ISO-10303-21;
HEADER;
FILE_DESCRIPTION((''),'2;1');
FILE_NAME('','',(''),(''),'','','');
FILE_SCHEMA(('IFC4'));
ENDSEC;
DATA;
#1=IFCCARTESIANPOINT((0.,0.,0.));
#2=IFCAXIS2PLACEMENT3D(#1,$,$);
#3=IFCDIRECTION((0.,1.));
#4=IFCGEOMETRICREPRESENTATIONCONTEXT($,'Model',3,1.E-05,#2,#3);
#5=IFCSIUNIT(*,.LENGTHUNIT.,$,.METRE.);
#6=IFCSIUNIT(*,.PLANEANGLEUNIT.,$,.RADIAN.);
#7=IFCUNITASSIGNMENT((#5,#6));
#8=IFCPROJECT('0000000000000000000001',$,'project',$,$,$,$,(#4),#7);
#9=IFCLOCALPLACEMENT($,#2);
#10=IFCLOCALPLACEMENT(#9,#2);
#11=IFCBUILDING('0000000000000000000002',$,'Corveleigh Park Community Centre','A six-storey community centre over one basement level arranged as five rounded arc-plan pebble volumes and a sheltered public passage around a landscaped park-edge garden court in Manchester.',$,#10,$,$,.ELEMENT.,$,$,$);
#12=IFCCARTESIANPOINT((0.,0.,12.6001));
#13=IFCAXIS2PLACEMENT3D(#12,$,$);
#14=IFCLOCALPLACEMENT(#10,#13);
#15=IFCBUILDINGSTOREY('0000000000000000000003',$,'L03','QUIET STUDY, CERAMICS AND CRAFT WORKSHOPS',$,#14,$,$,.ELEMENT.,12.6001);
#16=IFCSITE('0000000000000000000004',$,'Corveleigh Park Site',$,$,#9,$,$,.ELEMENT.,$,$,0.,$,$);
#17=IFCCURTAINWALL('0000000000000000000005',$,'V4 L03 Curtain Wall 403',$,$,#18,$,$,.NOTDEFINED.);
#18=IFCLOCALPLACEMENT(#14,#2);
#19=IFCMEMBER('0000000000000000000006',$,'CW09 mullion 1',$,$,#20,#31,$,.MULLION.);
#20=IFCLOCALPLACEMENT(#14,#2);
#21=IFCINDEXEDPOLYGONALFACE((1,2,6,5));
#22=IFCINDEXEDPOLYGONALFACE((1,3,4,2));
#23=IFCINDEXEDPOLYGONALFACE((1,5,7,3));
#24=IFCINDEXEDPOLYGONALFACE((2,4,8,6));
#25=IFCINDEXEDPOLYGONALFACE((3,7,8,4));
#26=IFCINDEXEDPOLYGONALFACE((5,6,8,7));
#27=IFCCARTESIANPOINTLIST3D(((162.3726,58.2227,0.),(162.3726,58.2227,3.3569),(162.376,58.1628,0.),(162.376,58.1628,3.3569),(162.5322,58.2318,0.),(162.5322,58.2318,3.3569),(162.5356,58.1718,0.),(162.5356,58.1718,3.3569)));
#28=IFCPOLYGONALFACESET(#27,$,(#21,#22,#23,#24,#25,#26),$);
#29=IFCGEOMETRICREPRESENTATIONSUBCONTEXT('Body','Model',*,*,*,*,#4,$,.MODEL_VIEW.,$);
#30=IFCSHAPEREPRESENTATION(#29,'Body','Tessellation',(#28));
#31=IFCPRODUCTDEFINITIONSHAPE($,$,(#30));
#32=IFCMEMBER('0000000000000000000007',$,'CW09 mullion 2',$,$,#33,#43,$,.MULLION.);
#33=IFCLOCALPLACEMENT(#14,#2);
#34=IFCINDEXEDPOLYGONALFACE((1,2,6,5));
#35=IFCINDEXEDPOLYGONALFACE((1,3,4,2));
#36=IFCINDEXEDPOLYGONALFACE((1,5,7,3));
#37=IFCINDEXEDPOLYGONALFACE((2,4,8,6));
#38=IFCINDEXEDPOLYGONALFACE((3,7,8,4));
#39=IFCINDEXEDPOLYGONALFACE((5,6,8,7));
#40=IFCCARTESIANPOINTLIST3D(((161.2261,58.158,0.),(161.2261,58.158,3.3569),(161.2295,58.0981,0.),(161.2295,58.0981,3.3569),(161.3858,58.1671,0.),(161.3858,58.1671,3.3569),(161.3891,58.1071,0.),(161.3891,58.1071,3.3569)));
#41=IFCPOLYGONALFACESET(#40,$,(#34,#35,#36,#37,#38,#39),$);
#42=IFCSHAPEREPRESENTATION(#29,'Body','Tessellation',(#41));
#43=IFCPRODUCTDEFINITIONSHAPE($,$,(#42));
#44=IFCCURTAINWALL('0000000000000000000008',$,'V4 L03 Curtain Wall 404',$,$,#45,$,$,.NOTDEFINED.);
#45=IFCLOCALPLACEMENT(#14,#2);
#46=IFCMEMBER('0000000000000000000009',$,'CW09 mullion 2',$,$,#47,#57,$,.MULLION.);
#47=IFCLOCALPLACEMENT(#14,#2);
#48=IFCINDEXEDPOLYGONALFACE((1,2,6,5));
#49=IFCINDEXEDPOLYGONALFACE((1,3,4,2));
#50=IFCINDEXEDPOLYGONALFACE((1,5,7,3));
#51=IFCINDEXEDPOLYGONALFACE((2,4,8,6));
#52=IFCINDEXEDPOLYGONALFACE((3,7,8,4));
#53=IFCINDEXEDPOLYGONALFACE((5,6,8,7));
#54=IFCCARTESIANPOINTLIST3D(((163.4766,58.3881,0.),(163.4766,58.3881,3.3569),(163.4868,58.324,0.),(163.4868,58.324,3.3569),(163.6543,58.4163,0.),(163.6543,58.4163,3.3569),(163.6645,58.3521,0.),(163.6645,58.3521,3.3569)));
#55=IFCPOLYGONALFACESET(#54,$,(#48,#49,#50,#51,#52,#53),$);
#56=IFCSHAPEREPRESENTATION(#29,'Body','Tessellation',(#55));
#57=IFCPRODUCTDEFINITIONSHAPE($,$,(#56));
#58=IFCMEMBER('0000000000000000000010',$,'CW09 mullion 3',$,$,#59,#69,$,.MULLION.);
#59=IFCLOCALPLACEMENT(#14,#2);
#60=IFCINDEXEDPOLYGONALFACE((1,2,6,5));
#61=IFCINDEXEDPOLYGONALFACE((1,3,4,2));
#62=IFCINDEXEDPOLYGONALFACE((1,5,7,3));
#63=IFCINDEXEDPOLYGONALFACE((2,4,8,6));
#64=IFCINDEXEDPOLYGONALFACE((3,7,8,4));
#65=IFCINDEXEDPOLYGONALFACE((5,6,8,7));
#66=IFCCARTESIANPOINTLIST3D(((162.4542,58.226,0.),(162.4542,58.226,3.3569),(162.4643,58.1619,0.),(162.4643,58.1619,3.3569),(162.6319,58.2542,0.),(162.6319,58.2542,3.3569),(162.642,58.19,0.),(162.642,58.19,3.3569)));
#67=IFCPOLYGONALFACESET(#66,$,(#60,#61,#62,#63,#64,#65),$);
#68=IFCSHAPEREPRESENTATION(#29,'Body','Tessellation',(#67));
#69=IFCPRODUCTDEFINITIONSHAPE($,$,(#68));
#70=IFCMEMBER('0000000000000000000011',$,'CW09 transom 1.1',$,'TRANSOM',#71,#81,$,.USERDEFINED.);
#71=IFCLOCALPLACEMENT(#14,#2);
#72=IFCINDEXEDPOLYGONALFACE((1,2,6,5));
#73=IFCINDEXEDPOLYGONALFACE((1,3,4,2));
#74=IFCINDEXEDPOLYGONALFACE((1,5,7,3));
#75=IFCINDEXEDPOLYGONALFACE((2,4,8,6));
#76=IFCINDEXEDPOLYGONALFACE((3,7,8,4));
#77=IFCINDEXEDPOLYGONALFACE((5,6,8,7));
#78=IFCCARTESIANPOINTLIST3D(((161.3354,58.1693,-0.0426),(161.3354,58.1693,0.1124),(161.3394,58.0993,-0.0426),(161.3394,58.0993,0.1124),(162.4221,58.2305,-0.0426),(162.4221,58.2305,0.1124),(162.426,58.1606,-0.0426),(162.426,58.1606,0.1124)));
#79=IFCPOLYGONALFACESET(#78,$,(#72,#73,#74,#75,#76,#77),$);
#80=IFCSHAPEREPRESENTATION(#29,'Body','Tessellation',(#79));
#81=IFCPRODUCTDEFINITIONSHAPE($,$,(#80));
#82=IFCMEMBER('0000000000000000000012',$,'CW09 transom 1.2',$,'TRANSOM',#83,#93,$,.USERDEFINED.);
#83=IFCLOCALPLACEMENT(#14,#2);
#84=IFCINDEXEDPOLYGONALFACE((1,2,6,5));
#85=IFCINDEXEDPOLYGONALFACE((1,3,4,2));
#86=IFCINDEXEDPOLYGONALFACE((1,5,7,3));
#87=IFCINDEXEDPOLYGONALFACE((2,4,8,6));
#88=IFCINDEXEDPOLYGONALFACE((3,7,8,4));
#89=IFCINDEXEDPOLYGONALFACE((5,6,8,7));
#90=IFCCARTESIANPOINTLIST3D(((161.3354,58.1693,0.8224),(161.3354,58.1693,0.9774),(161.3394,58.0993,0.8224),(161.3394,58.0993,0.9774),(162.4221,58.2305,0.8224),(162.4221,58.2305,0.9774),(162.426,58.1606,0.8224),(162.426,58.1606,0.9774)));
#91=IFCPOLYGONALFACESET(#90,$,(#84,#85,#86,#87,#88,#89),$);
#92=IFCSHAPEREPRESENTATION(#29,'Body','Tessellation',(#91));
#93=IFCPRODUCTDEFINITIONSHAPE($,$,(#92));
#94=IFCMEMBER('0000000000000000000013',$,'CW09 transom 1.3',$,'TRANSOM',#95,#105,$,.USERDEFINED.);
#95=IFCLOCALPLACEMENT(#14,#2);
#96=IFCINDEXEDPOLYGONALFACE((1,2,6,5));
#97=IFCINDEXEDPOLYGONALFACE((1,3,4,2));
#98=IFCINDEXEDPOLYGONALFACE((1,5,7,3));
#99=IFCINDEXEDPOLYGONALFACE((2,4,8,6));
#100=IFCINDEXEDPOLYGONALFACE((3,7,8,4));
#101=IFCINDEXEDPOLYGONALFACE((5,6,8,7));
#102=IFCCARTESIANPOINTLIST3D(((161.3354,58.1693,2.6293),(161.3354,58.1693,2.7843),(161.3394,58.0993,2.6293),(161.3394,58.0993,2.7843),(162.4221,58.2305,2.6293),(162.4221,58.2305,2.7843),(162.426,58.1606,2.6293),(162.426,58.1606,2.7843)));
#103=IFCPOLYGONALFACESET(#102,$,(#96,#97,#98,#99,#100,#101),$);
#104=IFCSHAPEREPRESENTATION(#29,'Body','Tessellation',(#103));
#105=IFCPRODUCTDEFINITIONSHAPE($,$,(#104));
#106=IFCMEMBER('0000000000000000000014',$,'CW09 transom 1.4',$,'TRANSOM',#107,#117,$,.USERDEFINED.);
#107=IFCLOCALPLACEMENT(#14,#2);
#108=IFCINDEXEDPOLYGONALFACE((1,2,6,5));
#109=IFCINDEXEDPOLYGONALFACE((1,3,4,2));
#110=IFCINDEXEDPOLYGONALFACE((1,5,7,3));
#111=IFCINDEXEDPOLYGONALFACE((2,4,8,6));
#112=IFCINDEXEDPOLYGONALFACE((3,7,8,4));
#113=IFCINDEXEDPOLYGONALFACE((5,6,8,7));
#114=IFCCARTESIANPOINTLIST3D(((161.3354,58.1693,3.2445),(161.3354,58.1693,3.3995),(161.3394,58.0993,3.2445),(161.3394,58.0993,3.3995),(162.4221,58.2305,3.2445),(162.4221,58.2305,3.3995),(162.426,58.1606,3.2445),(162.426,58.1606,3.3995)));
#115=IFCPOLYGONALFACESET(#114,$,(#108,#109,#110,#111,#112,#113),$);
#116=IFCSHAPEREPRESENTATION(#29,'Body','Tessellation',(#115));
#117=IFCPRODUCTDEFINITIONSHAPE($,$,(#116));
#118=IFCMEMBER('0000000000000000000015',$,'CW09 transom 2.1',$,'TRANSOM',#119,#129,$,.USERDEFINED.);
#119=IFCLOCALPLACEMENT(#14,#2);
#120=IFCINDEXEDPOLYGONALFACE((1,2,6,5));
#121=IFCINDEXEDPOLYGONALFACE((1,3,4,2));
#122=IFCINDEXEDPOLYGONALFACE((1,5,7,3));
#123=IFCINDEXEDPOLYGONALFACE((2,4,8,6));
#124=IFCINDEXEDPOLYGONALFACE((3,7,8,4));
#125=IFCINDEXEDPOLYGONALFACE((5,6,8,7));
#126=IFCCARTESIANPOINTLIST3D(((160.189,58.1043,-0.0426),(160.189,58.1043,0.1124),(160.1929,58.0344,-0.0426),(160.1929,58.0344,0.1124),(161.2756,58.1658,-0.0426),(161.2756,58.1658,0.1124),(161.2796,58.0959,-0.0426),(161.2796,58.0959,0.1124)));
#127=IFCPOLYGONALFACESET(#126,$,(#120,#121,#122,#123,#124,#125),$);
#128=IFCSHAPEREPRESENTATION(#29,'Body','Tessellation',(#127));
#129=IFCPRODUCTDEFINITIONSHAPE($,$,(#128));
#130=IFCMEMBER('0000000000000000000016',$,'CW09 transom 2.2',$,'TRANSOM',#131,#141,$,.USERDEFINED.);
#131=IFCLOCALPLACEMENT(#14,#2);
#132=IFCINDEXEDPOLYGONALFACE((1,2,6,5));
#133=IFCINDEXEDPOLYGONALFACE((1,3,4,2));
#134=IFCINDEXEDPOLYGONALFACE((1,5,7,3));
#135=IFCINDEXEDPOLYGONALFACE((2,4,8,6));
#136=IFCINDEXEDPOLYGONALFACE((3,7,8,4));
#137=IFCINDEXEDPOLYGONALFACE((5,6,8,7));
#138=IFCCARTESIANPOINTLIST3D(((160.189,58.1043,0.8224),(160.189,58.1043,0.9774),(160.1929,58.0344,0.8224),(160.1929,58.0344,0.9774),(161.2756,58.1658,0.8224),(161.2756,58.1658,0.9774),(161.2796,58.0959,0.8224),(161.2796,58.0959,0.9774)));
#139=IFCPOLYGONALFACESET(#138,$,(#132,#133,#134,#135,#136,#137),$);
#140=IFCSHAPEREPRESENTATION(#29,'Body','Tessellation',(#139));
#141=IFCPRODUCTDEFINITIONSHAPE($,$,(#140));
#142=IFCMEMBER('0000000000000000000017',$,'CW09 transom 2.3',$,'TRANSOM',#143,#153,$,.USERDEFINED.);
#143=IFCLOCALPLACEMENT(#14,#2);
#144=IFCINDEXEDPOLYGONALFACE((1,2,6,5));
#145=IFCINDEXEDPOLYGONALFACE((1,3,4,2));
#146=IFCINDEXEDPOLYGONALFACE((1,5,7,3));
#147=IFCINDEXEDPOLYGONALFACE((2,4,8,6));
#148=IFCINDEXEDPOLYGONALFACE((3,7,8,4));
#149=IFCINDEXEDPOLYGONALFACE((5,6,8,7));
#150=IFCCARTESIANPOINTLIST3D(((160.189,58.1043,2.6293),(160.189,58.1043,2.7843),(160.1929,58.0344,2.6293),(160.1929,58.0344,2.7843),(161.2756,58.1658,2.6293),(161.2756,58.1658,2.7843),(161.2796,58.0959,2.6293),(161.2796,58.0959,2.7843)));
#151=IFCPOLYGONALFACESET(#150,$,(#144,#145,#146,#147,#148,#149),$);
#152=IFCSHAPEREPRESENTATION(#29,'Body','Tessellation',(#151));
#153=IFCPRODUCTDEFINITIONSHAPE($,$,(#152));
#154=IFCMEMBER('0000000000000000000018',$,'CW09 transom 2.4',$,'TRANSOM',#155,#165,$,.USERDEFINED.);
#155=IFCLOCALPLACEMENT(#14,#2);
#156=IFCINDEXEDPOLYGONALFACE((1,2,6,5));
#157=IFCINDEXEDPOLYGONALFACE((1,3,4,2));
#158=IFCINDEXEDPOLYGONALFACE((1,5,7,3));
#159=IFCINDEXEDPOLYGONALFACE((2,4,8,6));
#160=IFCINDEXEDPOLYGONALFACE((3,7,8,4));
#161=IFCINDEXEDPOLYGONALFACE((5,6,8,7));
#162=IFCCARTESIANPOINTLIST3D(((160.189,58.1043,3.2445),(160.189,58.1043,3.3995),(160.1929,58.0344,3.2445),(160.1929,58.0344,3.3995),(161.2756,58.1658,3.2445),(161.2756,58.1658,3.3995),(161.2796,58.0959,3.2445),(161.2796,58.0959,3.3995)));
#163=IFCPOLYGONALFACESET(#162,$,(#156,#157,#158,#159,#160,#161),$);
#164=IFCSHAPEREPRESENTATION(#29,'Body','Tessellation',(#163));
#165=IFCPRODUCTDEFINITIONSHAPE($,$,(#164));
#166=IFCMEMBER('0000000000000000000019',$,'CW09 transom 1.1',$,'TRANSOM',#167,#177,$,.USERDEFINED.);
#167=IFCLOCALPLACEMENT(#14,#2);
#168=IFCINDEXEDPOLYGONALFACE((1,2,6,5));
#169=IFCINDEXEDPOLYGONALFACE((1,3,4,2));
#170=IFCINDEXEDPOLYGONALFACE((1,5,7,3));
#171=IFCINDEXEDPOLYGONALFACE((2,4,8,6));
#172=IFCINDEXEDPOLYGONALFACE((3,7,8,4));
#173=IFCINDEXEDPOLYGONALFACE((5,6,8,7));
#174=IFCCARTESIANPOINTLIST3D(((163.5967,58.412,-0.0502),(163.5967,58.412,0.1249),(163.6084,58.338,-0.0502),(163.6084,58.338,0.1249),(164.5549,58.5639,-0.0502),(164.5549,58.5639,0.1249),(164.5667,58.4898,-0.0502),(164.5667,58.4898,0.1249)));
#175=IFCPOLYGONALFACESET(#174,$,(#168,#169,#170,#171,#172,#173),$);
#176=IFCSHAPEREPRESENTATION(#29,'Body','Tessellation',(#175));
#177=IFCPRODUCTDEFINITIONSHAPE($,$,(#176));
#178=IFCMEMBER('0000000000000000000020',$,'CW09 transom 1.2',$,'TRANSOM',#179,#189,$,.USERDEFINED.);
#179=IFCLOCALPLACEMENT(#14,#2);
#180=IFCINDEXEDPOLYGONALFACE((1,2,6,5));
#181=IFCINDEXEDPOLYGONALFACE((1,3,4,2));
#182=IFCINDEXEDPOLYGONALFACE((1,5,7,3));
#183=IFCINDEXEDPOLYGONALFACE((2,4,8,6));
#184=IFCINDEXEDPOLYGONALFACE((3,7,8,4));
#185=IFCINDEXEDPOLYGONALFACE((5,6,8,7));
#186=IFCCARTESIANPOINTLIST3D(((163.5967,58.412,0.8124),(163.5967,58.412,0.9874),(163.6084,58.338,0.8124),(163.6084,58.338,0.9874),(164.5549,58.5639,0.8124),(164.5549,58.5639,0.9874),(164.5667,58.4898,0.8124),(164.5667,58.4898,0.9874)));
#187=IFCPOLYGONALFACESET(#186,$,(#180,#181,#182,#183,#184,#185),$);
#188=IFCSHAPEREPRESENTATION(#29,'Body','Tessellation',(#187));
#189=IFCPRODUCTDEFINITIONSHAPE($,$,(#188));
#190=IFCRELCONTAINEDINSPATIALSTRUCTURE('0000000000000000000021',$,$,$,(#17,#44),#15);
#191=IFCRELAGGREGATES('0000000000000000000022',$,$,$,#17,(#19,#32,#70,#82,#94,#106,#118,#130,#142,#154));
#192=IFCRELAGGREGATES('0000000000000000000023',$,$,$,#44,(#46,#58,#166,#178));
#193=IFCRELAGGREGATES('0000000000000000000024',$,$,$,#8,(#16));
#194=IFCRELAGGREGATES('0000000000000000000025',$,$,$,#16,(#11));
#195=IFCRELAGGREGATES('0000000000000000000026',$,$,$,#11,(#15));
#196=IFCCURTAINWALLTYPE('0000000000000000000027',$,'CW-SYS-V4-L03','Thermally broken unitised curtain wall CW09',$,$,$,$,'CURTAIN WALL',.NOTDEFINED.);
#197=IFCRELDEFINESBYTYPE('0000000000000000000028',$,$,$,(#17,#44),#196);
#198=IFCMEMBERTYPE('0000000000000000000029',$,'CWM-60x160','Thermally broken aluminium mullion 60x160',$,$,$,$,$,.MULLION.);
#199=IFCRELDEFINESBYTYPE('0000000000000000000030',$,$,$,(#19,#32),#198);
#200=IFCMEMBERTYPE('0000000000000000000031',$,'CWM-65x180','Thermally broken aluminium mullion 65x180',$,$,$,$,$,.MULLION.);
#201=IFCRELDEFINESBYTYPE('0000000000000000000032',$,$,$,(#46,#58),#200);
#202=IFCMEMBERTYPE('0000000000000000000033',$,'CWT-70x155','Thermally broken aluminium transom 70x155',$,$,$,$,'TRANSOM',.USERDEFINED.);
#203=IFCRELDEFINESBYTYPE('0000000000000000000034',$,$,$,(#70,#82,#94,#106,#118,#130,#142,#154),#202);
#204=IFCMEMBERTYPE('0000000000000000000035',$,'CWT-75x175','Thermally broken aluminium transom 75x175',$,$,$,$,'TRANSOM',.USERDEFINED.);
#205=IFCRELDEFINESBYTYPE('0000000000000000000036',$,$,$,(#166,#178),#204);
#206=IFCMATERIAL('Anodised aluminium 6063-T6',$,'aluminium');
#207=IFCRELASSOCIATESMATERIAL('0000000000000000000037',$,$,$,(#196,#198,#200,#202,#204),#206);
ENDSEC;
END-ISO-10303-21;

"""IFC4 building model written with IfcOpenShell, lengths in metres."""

from ifc_helpers import new_model, si_unit, direction, frame, origin, origin_2d, place, context, subcontext, project, spatial, rectangle, extrude, material, material_profile, profile_set, type_object, element, aggregate, save


model = new_model("IFC4")

# Units and contexts
model_context = context("Model", 3, precision=1e-05, world=origin(), true_north=direction((0.0, 1.0)))
body_context = subcontext(model_context, "Body", "Model", "MODEL_VIEW")
ifc_project = project(units=[si_unit("LENGTHUNIT", "METRE"), si_unit("PLANEANGLEUNIT", "RADIAN")], contexts=[model_context])

# Site, building, storey
site_placement = place(None, origin())
site = spatial("IfcSite", under=ifc_project, at=site_placement, Name="Corveleigh Park Site", CompositionType="ELEMENT", RefElevation=0.0)
building_placement = place(site_placement, origin())
building = spatial("IfcBuilding", under=site, at=building_placement, Name="Corveleigh Park Community Centre", Description="A six-storey community centre over one basement level arranged as five rounded arc-plan pebble volumes and a sheltered public passage around a landscaped park-edge garden court in Manchester.", CompositionType="ELEMENT")
storey_placement = place(building_placement, frame((0.0, 0.0, 12.6001)))
storey = spatial("IfcBuildingStorey", under=building, at=storey_placement, Name="L03", Description="QUIET STUDY, CERAMICS AND CRAFT WORKSHOPS", CompositionType="ELEMENT", Elevation=12.6001)

# Curtain walls, members
ifc_material_1 = material(Name="Anodised aluminium 6063-T6", Category="aluminium")
curtain_wall_type = type_object("IfcCurtainWallType", Name="CW-SYS-V4-L03", Description="Thermally broken unitised curtain wall CW09", ElementType="CURTAIN WALL", PredefinedType="NOTDEFINED", material=ifc_material_1)
curtain_wall_1_placement = place(storey_placement, origin())
curtain_wall_1 = element("IfcCurtainWall", 1, at=curtain_wall_1_placement, inside=storey, type_object=curtain_wall_type, Name="V4 L03 Curtain Wall 403", PredefinedType="NOTDEFINED")
ifc_material_profile_1 = material_profile(ifc_material_1, rectangle(XDim=0.0601, YDim=0.1599, at=origin_2d()), Name="ALU-M60x160", Category="aluminium")
ifc_profile_set_1 = profile_set([ifc_material_profile_1], Name="Anodised aluminium 6063-T6")
member_type_1 = type_object("IfcMemberType", Name="CWM-60x160", Description="Thermally broken aluminium mullion 60x160", PredefinedType="MULLION", material=ifc_profile_set_1)
member_1_placement = place(storey_placement, frame((162.4541, 58.1973, 0.0), z_axis=(0.0, 0.0, 1.0), x_axis=(0.056434, -0.998406, 0.0)))
member_1 = element("IfcMember", 2, at=member_1_placement, type_object=member_type_1, Name="CW09 mullion 1", PredefinedType="MULLION", context=body_context, shape_type="SweptSolid", body=[
    extrude(rectangle(XDim=0.0601, YDim=0.1599, at=origin_2d()), origin(), (0.0, 0.0, 1.0), 3.3569),
])
member_2_placement = place(storey_placement, frame((161.3076, 58.1326, 0.0), z_axis=(0.0, 0.0, 1.0), x_axis=(0.056434, -0.998406, 0.0)))
member_2 = element("IfcMember", 3, at=member_2_placement, type_object=member_type_1, Name="CW09 mullion 2", PredefinedType="MULLION", context=body_context, shape_type="SweptSolid", body=[
    extrude(rectangle(XDim=0.0601, YDim=0.1599, at=origin_2d()), origin(), (0.0, 0.0, 1.0), 3.3569),
])
curtain_wall_2_placement = place(storey_placement, origin())
curtain_wall_2 = element("IfcCurtainWall", 4, at=curtain_wall_2_placement, inside=storey, type_object=curtain_wall_type, Name="V4 L03 Curtain Wall 404", PredefinedType="NOTDEFINED")
ifc_material_profile_2 = material_profile(ifc_material_1, rectangle(XDim=0.0649, YDim=0.1799, at=origin_2d()), Name="ALU-M65x180", Category="aluminium")
ifc_profile_set_2 = profile_set([ifc_material_profile_2], Name="Anodised aluminium 6063-T6")
member_type_2 = type_object("IfcMemberType", Name="CWM-65x180", Description="Thermally broken aluminium mullion 65x180", PredefinedType="MULLION", material=ifc_profile_set_2)
member_3_placement = place(storey_placement, frame((163.5706, 58.3701, 0.0), z_axis=(0.0, 0.0, 1.0), x_axis=(0.156419, -0.987691, 0.0)))
member_3 = element("IfcMember", 5, at=member_3_placement, type_object=member_type_2, Name="CW09 mullion 2", PredefinedType="MULLION", context=body_context, shape_type="SweptSolid", body=[
    extrude(rectangle(XDim=0.0649, YDim=0.1799, at=origin_2d()), origin(), (0.0, 0.0, 1.0), 3.3569),
])
member_4_placement = place(storey_placement, frame((162.5481, 58.208, 0.0), z_axis=(0.0, 0.0, 1.0), x_axis=(0.156419, -0.987691, 0.0)))
member_4 = element("IfcMember", 6, at=member_4_placement, type_object=member_type_2, Name="CW09 mullion 3", PredefinedType="MULLION", context=body_context, shape_type="SweptSolid", body=[
    extrude(rectangle(XDim=0.0649, YDim=0.1799, at=origin_2d()), origin(), (0.0, 0.0, 1.0), 3.3569),
])

# Members
ifc_material_profile_3 = material_profile(ifc_material_1, rectangle(XDim=0.0701, YDim=0.155, at=origin_2d()), Name="ALU-T70x155", Category="aluminium")
ifc_profile_set_3 = profile_set([ifc_material_profile_3], Name="Anodised aluminium 6063-T6")
member_type_3 = type_object("IfcMemberType", Name="CWT-70x155", Description="Thermally broken aluminium transom 70x155", ElementType="TRANSOM", PredefinedType="USERDEFINED", material=ifc_profile_set_3)
member_5_placement = place(storey_placement, frame((162.4241, 58.1956, 0.0349), z_axis=(-0.998414, -0.056302, 0.0), x_axis=(0.056302, -0.998414, 0.0)))
member_5 = element("IfcMember", 7, at=member_5_placement, type_object=member_type_3, Name="CW09 transom 1.1", ObjectType="TRANSOM", PredefinedType="USERDEFINED", context=body_context, shape_type="SweptSolid", body=[
    extrude(rectangle(XDim=0.0701, YDim=0.155, at=origin_2d()), origin(), (0.0, 0.0, 1.0), 1.0884),
])
member_6_placement = place(storey_placement, frame((162.4241, 58.1956, 0.8999), z_axis=(-0.998414, -0.056302, 0.0), x_axis=(0.056302, -0.998414, 0.0)))
member_6 = element("IfcMember", 8, at=member_6_placement, type_object=member_type_3, Name="CW09 transom 1.2", ObjectType="TRANSOM", PredefinedType="USERDEFINED", context=body_context, shape_type="SweptSolid", body=[
    extrude(rectangle(XDim=0.0701, YDim=0.155, at=origin_2d()), origin(), (0.0, 0.0, 1.0), 1.0884),
])
member_7_placement = place(storey_placement, frame((162.4241, 58.1956, 2.7068), z_axis=(-0.998414, -0.056302, 0.0), x_axis=(0.056302, -0.998414, 0.0)))
member_7 = element("IfcMember", 9, at=member_7_placement, type_object=member_type_3, Name="CW09 transom 1.3", ObjectType="TRANSOM", PredefinedType="USERDEFINED", context=body_context, shape_type="SweptSolid", body=[
    extrude(rectangle(XDim=0.0701, YDim=0.155, at=origin_2d()), origin(), (0.0, 0.0, 1.0), 1.0884),
])
member_8_placement = place(storey_placement, frame((162.4241, 58.1956, 3.322), z_axis=(-0.998414, -0.056302, 0.0), x_axis=(0.056302, -0.998414, 0.0)))
member_8 = element("IfcMember", 10, at=member_8_placement, type_object=member_type_3, Name="CW09 transom 1.4", ObjectType="TRANSOM", PredefinedType="USERDEFINED", context=body_context, shape_type="SweptSolid", body=[
    extrude(rectangle(XDim=0.0701, YDim=0.155, at=origin_2d()), origin(), (0.0, 0.0, 1.0), 1.0884),
])
member_9_placement = place(storey_placement, frame((161.2776, 58.1309, 0.0349), z_axis=(-0.998401, -0.056526, 0.0), x_axis=(0.056526, -0.998401, 0.0)))
member_9 = element("IfcMember", 11, at=member_9_placement, type_object=member_type_3, Name="CW09 transom 2.1", ObjectType="TRANSOM", PredefinedType="USERDEFINED", context=body_context, shape_type="SweptSolid", body=[
    extrude(rectangle(XDim=0.0701, YDim=0.155, at=origin_2d()), origin(), (0.0, 0.0, 1.0), 1.0884),
])
member_10_placement = place(storey_placement, frame((161.2776, 58.1309, 0.8999), z_axis=(-0.998401, -0.056526, 0.0), x_axis=(0.056526, -0.998401, 0.0)))
member_10 = element("IfcMember", 12, at=member_10_placement, type_object=member_type_3, Name="CW09 transom 2.2", ObjectType="TRANSOM", PredefinedType="USERDEFINED", context=body_context, shape_type="SweptSolid", body=[
    extrude(rectangle(XDim=0.0701, YDim=0.155, at=origin_2d()), origin(), (0.0, 0.0, 1.0), 1.0884),
])
member_11_placement = place(storey_placement, frame((161.2776, 58.1309, 2.7068), z_axis=(-0.998401, -0.056526, 0.0), x_axis=(0.056526, -0.998401, 0.0)))
member_11 = element("IfcMember", 13, at=member_11_placement, type_object=member_type_3, Name="CW09 transom 2.3", ObjectType="TRANSOM", PredefinedType="USERDEFINED", context=body_context, shape_type="SweptSolid", body=[
    extrude(rectangle(XDim=0.0701, YDim=0.155, at=origin_2d()), origin(), (0.0, 0.0, 1.0), 1.0884),
])
member_12_placement = place(storey_placement, frame((161.2776, 58.1309, 3.322), z_axis=(-0.998401, -0.056526, 0.0), x_axis=(0.056526, -0.998401, 0.0)))
member_12 = element("IfcMember", 14, at=member_12_placement, type_object=member_type_3, Name="CW09 transom 2.4", ObjectType="TRANSOM", PredefinedType="USERDEFINED", context=body_context, shape_type="SweptSolid", body=[
    extrude(rectangle(XDim=0.0701, YDim=0.155, at=origin_2d()), origin(), (0.0, 0.0, 1.0), 1.0884),
])
ifc_material_profile_4 = material_profile(ifc_material_1, rectangle(XDim=0.075, YDim=0.175, at=origin_2d()), Name="ALU-T75x175", Category="aluminium")
ifc_profile_set_4 = profile_set([ifc_material_profile_4], Name="Anodised aluminium 6063-T6")
member_type_4 = type_object("IfcMemberType", Name="CWT-75x175", Description="Thermally broken aluminium transom 75x175", ElementType="TRANSOM", PredefinedType="USERDEFINED", material=ifc_profile_set_4)
member_13_placement = place(storey_placement, frame((164.5608, 58.5269, 0.0374), z_axis=(-0.987675, -0.156518, 0.0), x_axis=(0.156518, -0.987675, 0.0)))
member_13 = element("IfcMember", 15, at=member_13_placement, type_object=member_type_4, Name="CW09 transom 1.1", ObjectType="TRANSOM", PredefinedType="USERDEFINED", context=body_context, shape_type="SweptSolid", body=[
    extrude(rectangle(XDim=0.075, YDim=0.175, at=origin_2d()), origin(), (0.0, 0.0, 1.0), 0.9702),
])
member_14_placement = place(storey_placement, frame((164.5608, 58.5269, 0.8999), z_axis=(-0.987675, -0.156518, 0.0), x_axis=(0.156518, -0.987675, 0.0)))
member_14 = element("IfcMember", 16, at=member_14_placement, type_object=member_type_4, Name="CW09 transom 1.2", ObjectType="TRANSOM", PredefinedType="USERDEFINED", context=body_context, shape_type="SweptSolid", body=[
    extrude(rectangle(XDim=0.075, YDim=0.175, at=origin_2d()), origin(), (0.0, 0.0, 1.0), 0.9702),
])

aggregate(curtain_wall_1, [member_1, member_2, member_5, member_6, member_7, member_8, member_9, member_10, member_11, member_12])
aggregate(curtain_wall_2, [member_3, member_4, member_13, member_14])

save(model, "model.ifc")
